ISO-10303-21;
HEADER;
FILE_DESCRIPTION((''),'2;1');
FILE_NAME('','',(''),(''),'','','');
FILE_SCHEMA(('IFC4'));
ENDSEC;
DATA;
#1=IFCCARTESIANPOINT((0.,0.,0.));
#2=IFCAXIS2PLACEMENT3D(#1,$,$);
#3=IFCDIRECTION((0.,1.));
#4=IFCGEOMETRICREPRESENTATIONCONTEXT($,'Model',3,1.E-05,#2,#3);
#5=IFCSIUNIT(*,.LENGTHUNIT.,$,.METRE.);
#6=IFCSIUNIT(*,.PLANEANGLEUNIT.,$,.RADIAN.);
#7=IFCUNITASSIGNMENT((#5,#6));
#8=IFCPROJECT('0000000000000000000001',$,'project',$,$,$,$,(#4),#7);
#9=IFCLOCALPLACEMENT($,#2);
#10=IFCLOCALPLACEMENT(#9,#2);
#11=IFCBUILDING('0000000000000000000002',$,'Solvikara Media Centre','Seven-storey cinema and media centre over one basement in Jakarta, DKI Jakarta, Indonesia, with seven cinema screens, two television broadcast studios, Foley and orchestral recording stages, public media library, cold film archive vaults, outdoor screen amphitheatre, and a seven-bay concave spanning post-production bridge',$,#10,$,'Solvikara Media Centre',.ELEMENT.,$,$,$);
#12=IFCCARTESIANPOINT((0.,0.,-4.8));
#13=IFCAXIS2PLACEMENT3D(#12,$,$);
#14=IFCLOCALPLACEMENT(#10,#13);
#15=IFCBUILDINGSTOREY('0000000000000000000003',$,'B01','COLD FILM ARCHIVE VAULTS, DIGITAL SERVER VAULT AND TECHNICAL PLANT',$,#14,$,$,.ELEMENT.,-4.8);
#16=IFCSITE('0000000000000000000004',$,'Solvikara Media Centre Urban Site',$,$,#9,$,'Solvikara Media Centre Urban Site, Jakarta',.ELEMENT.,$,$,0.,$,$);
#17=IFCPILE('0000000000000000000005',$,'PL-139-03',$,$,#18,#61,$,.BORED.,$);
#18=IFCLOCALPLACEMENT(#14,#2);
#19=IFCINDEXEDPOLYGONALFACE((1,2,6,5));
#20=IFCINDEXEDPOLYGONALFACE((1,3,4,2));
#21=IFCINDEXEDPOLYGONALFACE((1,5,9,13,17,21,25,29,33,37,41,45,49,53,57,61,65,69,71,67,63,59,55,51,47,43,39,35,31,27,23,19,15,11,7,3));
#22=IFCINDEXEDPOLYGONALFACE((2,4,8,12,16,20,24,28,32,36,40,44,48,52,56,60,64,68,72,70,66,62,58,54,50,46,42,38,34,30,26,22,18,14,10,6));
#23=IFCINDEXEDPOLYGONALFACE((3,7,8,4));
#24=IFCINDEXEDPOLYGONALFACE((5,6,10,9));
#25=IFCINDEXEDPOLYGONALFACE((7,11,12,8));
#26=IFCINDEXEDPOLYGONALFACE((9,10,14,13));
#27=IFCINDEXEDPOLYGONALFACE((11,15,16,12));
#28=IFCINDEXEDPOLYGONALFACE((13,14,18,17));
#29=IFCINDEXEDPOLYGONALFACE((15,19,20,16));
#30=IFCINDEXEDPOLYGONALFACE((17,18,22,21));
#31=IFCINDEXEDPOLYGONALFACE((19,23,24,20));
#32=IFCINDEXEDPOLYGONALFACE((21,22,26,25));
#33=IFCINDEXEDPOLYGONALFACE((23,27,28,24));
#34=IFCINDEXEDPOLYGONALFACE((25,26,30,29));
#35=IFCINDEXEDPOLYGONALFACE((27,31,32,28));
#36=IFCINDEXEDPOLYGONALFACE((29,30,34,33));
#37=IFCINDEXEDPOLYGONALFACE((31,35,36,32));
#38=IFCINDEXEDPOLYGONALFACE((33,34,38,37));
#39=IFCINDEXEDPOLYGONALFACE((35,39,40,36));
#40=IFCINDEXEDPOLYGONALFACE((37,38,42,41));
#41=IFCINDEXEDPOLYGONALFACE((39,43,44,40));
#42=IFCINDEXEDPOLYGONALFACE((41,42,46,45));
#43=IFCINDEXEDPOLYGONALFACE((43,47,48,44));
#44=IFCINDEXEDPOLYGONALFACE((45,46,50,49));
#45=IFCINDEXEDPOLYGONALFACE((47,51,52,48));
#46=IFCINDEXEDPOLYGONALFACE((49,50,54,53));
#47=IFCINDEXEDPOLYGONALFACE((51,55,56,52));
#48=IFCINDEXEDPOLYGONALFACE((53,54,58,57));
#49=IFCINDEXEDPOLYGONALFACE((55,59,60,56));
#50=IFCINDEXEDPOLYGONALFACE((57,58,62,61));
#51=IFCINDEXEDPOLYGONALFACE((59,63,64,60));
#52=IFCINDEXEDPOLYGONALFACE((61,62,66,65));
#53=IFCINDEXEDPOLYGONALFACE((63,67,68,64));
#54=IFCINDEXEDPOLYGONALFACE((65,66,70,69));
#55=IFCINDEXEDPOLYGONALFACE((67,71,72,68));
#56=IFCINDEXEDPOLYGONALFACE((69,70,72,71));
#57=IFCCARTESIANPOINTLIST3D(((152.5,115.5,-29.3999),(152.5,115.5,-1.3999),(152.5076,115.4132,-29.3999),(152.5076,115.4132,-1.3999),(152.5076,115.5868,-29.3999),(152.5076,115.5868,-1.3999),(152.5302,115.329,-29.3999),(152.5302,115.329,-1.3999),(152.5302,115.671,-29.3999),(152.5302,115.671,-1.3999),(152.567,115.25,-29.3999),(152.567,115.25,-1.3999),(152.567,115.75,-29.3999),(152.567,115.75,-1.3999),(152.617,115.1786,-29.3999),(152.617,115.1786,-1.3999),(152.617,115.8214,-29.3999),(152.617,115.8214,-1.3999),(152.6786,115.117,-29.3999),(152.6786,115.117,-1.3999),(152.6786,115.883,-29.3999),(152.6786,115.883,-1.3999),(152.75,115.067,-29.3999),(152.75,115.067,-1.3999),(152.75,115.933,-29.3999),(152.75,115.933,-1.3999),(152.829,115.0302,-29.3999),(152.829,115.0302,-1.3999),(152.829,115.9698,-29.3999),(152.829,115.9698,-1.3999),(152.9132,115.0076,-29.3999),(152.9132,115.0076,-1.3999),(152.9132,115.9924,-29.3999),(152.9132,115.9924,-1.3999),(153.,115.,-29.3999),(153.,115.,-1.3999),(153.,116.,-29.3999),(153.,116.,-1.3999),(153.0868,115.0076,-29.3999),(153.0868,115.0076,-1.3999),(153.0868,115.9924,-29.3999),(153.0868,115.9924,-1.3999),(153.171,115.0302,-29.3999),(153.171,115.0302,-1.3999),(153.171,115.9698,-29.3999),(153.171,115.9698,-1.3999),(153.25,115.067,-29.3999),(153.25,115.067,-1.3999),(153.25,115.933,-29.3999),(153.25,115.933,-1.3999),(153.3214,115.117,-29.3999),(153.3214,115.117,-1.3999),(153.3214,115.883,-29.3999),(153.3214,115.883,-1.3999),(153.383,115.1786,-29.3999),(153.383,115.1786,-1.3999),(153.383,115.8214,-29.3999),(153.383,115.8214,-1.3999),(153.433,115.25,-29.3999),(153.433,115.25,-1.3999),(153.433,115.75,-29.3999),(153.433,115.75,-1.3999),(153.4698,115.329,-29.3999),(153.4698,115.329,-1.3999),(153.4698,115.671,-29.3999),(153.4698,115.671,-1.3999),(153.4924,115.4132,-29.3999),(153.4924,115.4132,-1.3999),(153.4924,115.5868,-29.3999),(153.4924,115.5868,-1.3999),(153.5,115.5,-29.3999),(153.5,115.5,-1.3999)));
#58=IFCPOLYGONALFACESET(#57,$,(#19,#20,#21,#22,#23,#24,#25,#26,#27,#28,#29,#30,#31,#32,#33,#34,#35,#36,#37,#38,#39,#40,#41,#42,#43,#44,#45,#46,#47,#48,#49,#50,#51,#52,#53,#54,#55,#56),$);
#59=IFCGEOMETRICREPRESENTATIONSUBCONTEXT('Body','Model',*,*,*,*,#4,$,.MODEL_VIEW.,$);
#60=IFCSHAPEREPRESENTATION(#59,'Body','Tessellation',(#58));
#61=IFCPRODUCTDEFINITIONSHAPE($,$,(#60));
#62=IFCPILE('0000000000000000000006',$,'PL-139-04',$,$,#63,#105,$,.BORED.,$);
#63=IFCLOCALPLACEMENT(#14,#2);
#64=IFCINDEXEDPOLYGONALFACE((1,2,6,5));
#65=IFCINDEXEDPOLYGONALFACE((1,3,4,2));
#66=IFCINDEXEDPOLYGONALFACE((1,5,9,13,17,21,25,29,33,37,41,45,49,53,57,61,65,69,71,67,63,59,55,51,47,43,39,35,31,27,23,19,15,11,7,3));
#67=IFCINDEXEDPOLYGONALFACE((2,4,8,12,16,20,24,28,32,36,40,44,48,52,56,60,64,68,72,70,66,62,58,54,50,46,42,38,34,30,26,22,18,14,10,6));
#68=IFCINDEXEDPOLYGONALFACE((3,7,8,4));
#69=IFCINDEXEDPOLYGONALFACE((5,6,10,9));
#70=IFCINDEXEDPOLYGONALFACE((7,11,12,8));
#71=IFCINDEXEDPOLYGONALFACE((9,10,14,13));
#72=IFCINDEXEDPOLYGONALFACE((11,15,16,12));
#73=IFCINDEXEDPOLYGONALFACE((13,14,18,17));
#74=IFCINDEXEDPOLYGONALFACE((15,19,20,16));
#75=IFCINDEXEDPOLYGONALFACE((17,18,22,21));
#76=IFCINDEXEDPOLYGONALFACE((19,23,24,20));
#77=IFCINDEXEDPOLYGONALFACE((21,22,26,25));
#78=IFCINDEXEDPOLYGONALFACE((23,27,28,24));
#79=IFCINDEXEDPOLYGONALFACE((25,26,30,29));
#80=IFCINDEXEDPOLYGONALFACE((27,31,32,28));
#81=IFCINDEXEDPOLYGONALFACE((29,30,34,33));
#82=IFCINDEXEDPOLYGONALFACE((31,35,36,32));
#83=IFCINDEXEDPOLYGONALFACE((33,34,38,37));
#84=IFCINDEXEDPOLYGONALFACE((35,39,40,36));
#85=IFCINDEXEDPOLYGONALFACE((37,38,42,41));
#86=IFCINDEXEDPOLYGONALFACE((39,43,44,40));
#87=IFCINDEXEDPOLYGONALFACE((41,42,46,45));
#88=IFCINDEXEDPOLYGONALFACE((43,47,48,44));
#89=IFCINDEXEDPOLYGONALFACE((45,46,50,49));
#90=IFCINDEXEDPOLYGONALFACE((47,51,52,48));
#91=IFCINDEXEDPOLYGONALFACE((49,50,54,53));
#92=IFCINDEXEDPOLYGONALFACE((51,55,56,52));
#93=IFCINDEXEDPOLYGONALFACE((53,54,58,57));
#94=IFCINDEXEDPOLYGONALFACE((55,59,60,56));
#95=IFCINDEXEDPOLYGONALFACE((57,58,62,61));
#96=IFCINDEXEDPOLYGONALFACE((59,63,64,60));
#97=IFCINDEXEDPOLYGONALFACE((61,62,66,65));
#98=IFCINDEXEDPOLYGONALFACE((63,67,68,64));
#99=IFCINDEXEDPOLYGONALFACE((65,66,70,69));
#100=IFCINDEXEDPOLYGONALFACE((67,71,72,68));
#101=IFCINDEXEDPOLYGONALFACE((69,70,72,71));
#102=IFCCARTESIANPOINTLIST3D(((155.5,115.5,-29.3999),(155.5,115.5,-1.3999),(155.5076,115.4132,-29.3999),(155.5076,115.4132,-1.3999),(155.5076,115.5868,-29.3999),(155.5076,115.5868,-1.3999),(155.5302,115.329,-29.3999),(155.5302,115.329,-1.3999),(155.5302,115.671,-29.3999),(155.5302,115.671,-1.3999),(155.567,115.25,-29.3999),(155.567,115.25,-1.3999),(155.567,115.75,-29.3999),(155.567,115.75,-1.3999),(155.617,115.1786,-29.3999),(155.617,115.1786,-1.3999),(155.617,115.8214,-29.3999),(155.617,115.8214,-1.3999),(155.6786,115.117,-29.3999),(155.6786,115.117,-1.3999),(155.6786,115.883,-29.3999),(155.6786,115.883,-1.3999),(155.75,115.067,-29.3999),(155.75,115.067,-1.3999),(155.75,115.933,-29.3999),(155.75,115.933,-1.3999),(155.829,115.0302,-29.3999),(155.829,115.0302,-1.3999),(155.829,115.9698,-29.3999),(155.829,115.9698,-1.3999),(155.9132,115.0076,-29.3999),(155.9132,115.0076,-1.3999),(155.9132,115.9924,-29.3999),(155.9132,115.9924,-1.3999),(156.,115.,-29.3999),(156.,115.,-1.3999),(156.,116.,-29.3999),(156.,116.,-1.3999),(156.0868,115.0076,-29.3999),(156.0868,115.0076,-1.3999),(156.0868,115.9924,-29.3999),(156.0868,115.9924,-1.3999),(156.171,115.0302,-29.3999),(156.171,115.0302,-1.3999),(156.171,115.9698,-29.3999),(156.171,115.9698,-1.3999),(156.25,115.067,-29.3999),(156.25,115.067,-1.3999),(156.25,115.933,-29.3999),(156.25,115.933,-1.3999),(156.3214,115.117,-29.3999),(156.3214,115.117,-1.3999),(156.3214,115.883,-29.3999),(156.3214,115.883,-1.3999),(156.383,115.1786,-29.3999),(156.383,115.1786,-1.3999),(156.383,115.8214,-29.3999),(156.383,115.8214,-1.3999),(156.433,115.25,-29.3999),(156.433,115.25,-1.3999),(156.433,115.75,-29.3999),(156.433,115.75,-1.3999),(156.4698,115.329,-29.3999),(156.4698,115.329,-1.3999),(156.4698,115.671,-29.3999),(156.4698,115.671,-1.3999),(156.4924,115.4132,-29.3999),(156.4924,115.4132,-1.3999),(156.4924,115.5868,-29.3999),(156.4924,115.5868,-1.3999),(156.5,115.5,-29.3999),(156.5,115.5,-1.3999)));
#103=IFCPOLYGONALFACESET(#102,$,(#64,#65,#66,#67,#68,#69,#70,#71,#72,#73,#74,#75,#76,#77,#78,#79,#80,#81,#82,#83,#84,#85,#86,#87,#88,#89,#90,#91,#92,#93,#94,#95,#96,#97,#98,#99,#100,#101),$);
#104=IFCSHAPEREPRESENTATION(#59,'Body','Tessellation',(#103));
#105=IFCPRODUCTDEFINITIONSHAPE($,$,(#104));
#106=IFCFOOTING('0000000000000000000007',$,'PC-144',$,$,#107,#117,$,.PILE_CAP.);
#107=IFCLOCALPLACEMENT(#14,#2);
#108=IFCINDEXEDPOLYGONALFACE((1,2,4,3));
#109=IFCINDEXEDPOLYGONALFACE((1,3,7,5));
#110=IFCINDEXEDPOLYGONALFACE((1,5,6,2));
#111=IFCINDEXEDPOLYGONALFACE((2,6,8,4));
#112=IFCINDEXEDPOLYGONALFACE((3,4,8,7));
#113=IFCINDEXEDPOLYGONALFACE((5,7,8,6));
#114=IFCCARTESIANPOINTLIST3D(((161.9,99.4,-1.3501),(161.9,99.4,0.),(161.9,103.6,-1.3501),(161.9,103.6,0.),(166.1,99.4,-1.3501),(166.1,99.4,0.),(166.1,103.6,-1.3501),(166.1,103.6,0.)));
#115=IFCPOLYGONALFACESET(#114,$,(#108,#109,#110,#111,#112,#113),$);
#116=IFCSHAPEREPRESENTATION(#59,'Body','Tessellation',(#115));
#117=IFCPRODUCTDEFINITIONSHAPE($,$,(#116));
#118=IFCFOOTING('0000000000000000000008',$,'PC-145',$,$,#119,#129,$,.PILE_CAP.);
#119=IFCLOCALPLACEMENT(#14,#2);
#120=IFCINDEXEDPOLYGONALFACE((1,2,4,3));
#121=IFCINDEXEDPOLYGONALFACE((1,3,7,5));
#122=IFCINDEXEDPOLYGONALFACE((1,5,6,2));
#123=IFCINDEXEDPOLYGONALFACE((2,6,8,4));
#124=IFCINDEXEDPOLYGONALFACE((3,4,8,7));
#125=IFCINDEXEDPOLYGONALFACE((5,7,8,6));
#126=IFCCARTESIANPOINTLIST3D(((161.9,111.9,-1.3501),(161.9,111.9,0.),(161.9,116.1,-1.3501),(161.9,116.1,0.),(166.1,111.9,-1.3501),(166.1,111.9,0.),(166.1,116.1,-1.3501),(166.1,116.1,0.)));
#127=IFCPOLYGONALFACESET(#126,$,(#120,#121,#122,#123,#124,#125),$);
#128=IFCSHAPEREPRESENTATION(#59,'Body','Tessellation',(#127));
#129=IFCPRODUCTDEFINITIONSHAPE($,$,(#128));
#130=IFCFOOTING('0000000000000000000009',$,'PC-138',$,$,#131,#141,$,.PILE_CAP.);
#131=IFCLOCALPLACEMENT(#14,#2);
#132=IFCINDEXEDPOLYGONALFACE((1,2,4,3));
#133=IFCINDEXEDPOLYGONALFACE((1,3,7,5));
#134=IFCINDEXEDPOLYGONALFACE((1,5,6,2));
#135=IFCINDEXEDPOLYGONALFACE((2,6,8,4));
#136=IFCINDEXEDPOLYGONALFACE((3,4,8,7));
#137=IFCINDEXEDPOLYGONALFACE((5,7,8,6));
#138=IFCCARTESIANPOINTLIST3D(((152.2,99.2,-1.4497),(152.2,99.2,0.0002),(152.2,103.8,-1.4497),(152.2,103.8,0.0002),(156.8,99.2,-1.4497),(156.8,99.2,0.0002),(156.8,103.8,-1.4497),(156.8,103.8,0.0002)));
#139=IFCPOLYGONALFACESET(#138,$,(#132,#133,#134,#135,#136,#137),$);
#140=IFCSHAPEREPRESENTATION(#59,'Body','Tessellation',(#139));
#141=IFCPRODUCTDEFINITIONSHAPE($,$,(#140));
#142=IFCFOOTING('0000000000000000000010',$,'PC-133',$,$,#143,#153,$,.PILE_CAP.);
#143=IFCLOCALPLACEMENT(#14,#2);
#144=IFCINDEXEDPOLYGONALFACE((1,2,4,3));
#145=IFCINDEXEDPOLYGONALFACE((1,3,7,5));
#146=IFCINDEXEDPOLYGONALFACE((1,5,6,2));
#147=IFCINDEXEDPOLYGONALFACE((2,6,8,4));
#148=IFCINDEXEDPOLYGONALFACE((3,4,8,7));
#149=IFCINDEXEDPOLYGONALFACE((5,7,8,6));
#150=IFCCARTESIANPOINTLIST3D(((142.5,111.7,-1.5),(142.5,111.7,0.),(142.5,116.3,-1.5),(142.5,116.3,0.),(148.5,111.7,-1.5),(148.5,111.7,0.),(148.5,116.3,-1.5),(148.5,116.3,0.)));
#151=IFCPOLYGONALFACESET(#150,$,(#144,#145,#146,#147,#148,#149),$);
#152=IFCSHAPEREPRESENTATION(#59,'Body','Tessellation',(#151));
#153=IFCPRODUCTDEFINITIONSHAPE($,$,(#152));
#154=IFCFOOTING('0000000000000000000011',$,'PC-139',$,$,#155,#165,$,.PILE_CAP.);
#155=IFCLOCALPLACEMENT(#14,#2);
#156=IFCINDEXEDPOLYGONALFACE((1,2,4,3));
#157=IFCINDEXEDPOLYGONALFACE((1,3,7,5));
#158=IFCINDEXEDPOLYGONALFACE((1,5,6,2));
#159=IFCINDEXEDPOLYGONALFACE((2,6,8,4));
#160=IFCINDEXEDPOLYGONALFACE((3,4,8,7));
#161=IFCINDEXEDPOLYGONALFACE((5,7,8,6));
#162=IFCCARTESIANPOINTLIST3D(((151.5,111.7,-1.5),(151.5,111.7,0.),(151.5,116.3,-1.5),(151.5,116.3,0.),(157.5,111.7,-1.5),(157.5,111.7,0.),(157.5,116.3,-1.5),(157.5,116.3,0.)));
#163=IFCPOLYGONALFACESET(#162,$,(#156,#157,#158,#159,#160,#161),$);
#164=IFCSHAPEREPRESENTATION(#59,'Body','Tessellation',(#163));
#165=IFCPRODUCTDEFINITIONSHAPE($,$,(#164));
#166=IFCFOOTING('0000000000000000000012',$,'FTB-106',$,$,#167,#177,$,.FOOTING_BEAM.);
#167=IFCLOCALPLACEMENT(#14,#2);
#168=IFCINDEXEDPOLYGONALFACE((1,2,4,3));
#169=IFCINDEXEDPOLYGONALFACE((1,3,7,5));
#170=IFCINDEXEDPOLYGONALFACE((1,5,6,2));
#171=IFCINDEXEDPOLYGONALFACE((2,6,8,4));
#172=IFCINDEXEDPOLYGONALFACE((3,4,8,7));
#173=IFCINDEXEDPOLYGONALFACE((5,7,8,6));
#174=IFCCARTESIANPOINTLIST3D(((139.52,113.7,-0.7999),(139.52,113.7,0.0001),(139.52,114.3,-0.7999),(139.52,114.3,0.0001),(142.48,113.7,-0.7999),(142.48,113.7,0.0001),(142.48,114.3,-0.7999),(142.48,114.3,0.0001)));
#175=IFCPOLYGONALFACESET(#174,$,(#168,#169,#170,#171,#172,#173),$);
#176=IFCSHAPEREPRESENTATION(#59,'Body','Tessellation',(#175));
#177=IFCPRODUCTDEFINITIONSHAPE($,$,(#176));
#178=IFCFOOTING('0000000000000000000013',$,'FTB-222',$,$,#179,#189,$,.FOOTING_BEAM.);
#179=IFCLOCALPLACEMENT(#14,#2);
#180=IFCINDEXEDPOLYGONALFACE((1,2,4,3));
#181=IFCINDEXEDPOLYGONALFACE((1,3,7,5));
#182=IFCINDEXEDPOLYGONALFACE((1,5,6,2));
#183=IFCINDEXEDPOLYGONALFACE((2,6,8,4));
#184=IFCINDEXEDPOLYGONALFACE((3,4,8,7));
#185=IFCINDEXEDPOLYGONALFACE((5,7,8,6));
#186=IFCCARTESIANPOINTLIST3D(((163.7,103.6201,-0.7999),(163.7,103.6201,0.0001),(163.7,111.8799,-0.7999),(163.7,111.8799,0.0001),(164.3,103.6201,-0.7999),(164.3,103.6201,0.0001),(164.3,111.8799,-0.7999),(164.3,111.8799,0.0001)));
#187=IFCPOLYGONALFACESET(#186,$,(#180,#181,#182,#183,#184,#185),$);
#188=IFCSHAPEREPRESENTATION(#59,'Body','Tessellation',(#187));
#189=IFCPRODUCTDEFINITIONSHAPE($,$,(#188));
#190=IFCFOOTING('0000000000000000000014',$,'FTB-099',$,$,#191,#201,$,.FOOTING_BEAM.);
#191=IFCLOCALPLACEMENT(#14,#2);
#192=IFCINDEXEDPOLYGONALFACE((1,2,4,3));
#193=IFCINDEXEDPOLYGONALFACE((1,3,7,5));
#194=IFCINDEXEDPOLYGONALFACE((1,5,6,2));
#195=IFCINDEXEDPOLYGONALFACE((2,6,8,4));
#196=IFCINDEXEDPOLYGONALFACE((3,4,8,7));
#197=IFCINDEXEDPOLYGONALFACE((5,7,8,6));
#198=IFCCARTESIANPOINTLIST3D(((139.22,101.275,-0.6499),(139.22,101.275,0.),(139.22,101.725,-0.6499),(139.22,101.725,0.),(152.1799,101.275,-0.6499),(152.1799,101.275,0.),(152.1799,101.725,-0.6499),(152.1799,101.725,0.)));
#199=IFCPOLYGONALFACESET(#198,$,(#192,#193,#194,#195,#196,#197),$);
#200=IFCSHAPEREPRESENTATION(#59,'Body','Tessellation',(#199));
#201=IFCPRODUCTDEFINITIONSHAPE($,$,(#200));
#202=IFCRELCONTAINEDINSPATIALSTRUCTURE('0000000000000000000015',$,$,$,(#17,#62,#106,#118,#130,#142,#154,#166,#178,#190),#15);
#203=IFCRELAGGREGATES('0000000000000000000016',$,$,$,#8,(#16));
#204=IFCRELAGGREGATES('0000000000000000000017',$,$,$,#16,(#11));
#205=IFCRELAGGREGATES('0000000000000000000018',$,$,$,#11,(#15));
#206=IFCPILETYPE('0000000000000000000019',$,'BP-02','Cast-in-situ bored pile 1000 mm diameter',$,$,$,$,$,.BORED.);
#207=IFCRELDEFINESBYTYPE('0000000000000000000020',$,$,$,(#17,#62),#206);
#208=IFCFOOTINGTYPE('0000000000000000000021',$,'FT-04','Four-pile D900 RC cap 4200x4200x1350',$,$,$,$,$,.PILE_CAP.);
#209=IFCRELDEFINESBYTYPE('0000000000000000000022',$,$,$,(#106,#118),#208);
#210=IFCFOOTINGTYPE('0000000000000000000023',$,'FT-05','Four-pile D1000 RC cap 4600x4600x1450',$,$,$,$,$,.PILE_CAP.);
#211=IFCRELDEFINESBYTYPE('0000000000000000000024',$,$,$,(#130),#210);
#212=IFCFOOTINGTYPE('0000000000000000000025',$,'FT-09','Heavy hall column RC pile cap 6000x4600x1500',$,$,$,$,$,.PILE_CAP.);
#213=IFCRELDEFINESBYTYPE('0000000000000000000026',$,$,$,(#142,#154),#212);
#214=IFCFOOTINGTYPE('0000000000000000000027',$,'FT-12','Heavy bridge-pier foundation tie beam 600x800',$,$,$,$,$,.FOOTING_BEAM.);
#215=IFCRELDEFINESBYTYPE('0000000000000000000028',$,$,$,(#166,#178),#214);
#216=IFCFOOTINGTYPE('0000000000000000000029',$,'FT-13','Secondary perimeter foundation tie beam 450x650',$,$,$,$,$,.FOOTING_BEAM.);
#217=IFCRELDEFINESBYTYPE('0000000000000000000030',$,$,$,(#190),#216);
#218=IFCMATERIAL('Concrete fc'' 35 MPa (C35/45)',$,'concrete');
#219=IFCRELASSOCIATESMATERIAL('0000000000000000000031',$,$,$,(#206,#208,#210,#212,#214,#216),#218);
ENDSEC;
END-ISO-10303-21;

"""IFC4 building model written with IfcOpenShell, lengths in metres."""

from ifc_helpers import new_model, si_unit, direction, frame, origin, origin_2d, place, context, subcontext, project, spatial, rectangle, circle, extrude, material, material_profile, profile_set, type_object, element, save


model = new_model("IFC4")

# Units and contexts
model_context = context("Model", 3, precision=1e-05, world=origin(), true_north=direction((0.0, 1.0)))
body_context = subcontext(model_context, "Body", "Model", "MODEL_VIEW")
ifc_project = project(units=[si_unit("LENGTHUNIT", "METRE"), si_unit("PLANEANGLEUNIT", "RADIAN")], contexts=[model_context])

# Site, building, storey
site_placement = place(None, origin())
site = spatial("IfcSite", under=ifc_project, at=site_placement, Name="Solvikara Media Centre Urban Site", LongName="Solvikara Media Centre Urban Site, Jakarta", CompositionType="ELEMENT", RefElevation=0.0)
building_placement = place(site_placement, origin())
building = spatial("IfcBuilding", under=site, at=building_placement, Name="Solvikara Media Centre", Description="Seven-storey cinema and media centre over one basement in Jakarta, DKI Jakarta, Indonesia, with seven cinema screens, two television broadcast studios, Foley and orchestral recording stages, public media library, cold film archive vaults, outdoor screen amphitheatre, and a seven-bay concave spanning post-production bridge", LongName="Solvikara Media Centre", CompositionType="ELEMENT")
storey_placement = place(building_placement, frame((0.0, 0.0, -4.8)))
storey = spatial("IfcBuildingStorey", under=building, at=storey_placement, Name="B01", Description="COLD FILM ARCHIVE VAULTS, DIGITAL SERVER VAULT AND TECHNICAL PLANT", CompositionType="ELEMENT", Elevation=-4.8)

# Piles
ifc_material_1 = material(Name="Concrete fc' 35 MPa (C35/45)", Category="concrete")
ifc_material_profile_1 = material_profile(ifc_material_1, circle(Radius=0.5, at=origin_2d()), Name="BORED PILE D1000")
ifc_profile_set_1 = profile_set([ifc_material_profile_1], Name="Concrete fc' 35 MPa (C35/45)")
pile_type_1 = type_object("IfcPileType", Name="BP-02", Description="Cast-in-situ bored pile 1000 mm diameter", PredefinedType="BORED", material=ifc_profile_set_1)
for number, where, z_axis, x_axis, name in (
    (1, (153.0, 115.5, -1.3999), (0.0, 0.0, -1.0), (1.0, 0.0, 0.0), "PL-139-03"),
    (2, (156.0, 115.5, -1.3999), (0.0, 0.0, -1.0), (1.0, 0.0, 0.0), "PL-139-04"),
):
    element("IfcPile", number, at=place(storey_placement, frame(where, z_axis=z_axis, x_axis=x_axis)), inside=storey, type_object=pile_type_1, Name=name, PredefinedType="BORED", context=body_context, shape_type="SweptSolid", body=[
        extrude(circle(Radius=0.5, at=origin_2d()), origin(), (0.0, 0.0, 1.0), 28.0),
    ])

# Footings
footing_type_1 = type_object("IfcFootingType", Name="FT-04", Description="Four-pile D900 RC cap 4200x4200x1350", PredefinedType="PILE_CAP", material=ifc_material_1)
for number, where, z_axis, x_axis, name in (
    (3, (164.0, 101.5, -1.3501), (0.0, 0.0, 1.0), (1.0, 0.0, 0.0), "PC-144"),
    (4, (164.0, 114.0, -1.3501), (0.0, 0.0, 1.0), (1.0, 0.0, 0.0), "PC-145"),
):
    element("IfcFooting", number, at=place(storey_placement, frame(where, z_axis=z_axis, x_axis=x_axis)), inside=storey, type_object=footing_type_1, Name=name, PredefinedType="PILE_CAP", context=body_context, shape_type="SweptSolid", body=[
        extrude(rectangle(XDim=4.2, YDim=4.2, at=origin_2d()), origin(), (0.0, 0.0, 1.0), 1.3501),
    ])
footing_type_2 = type_object("IfcFootingType", Name="FT-05", Description="Four-pile D1000 RC cap 4600x4600x1450", PredefinedType="PILE_CAP", material=ifc_material_1)
footing_1_placement = place(storey_placement, frame((154.5, 101.5, -1.4497), z_axis=(0.0, 0.0, 1.0), x_axis=(1.0, 0.0, 0.0)))
element("IfcFooting", 5, at=footing_1_placement, inside=storey, type_object=footing_type_2, Name="PC-138", PredefinedType="PILE_CAP", context=body_context, shape_type="SweptSolid", body=[
    extrude(rectangle(XDim=4.6001, YDim=4.6001, at=origin_2d()), origin(), (0.0, 0.0, 1.0), 1.45),
])
footing_type_3 = type_object("IfcFootingType", Name="FT-09", Description="Heavy hall column RC pile cap 6000x4600x1500", PredefinedType="PILE_CAP", material=ifc_material_1)
for number, where, z_axis, x_axis, name in (
    (6, (145.5, 114.0, -1.5), (0.0, 0.0, 1.0), (1.0, 0.0, 0.0), "PC-133"),
    (7, (154.5, 114.0, -1.5), (0.0, 0.0, 1.0), (1.0, 0.0, 0.0), "PC-139"),
):
    element("IfcFooting", number, at=place(storey_placement, frame(where, z_axis=z_axis, x_axis=x_axis)), inside=storey, type_object=footing_type_3, Name=name, PredefinedType="PILE_CAP", context=body_context, shape_type="SweptSolid", body=[
        extrude(rectangle(XDim=6.0, YDim=4.6001, at=origin_2d()), origin(), (0.0, 0.0, 1.0), 1.5),
    ])
ifc_material_profile_2 = material_profile(ifc_material_1, rectangle(XDim=0.6001, YDim=0.8, at=origin_2d()), Name="RC 600x800")
ifc_profile_set_2 = profile_set([ifc_material_profile_2], Name="Concrete fc' 35 MPa (C35/45)")
footing_type_4 = type_object("IfcFootingType", Name="FT-12", Description="Heavy bridge-pier foundation tie beam 600x800", PredefinedType="FOOTING_BEAM", material=ifc_profile_set_2)
footing_2_placement = place(storey_placement, frame((139.52, 114.0, -0.3999), z_axis=(1.0, 0.0, 0.0), x_axis=(0.0, 1.0, 0.0)))
element("IfcFooting", 8, at=footing_2_placement, inside=storey, type_object=footing_type_4, Name="FTB-106", PredefinedType="FOOTING_BEAM", context=body_context, shape_type="SweptSolid", body=[
    extrude(rectangle(XDim=0.6001, YDim=0.8, at=origin_2d()), origin(), (0.0, 0.0, 1.0), 2.96),
])
footing_3_placement = place(storey_placement, frame((164.0, 103.6201, -0.3999), z_axis=(0.0, 1.0, 0.0), x_axis=(-1.0, 0.0, 0.0)))
element("IfcFooting", 9, at=footing_3_placement, inside=storey, type_object=footing_type_4, Name="FTB-222", PredefinedType="FOOTING_BEAM", context=body_context, shape_type="SweptSolid", body=[
    extrude(rectangle(XDim=0.6001, YDim=0.8, at=origin_2d()), origin(), (0.0, 0.0, 1.0), 8.2598),
])
ifc_material_profile_3 = material_profile(ifc_material_1, rectangle(XDim=0.45, YDim=0.6499, at=origin_2d()), Name="RC 450x650")
ifc_profile_set_3 = profile_set([ifc_material_profile_3], Name="Concrete fc' 35 MPa (C35/45)")
footing_type_5 = type_object("IfcFootingType", Name="FT-13", Description="Secondary perimeter foundation tie beam 450x650", PredefinedType="FOOTING_BEAM", material=ifc_profile_set_3)
footing_4_placement = place(storey_placement, frame((139.22, 101.5, -0.325), z_axis=(1.0, 0.0, 0.0), x_axis=(0.0, 1.0, 0.0)))
element("IfcFooting", 10, at=footing_4_placement, inside=storey, type_object=footing_type_5, Name="FTB-099", PredefinedType="FOOTING_BEAM", context=body_context, shape_type="SweptSolid", body=[
    extrude(rectangle(XDim=0.45, YDim=0.6499, at=origin_2d()), origin(), (0.0, 0.0, 1.0), 12.96),
])

save(model, "model.ifc")
